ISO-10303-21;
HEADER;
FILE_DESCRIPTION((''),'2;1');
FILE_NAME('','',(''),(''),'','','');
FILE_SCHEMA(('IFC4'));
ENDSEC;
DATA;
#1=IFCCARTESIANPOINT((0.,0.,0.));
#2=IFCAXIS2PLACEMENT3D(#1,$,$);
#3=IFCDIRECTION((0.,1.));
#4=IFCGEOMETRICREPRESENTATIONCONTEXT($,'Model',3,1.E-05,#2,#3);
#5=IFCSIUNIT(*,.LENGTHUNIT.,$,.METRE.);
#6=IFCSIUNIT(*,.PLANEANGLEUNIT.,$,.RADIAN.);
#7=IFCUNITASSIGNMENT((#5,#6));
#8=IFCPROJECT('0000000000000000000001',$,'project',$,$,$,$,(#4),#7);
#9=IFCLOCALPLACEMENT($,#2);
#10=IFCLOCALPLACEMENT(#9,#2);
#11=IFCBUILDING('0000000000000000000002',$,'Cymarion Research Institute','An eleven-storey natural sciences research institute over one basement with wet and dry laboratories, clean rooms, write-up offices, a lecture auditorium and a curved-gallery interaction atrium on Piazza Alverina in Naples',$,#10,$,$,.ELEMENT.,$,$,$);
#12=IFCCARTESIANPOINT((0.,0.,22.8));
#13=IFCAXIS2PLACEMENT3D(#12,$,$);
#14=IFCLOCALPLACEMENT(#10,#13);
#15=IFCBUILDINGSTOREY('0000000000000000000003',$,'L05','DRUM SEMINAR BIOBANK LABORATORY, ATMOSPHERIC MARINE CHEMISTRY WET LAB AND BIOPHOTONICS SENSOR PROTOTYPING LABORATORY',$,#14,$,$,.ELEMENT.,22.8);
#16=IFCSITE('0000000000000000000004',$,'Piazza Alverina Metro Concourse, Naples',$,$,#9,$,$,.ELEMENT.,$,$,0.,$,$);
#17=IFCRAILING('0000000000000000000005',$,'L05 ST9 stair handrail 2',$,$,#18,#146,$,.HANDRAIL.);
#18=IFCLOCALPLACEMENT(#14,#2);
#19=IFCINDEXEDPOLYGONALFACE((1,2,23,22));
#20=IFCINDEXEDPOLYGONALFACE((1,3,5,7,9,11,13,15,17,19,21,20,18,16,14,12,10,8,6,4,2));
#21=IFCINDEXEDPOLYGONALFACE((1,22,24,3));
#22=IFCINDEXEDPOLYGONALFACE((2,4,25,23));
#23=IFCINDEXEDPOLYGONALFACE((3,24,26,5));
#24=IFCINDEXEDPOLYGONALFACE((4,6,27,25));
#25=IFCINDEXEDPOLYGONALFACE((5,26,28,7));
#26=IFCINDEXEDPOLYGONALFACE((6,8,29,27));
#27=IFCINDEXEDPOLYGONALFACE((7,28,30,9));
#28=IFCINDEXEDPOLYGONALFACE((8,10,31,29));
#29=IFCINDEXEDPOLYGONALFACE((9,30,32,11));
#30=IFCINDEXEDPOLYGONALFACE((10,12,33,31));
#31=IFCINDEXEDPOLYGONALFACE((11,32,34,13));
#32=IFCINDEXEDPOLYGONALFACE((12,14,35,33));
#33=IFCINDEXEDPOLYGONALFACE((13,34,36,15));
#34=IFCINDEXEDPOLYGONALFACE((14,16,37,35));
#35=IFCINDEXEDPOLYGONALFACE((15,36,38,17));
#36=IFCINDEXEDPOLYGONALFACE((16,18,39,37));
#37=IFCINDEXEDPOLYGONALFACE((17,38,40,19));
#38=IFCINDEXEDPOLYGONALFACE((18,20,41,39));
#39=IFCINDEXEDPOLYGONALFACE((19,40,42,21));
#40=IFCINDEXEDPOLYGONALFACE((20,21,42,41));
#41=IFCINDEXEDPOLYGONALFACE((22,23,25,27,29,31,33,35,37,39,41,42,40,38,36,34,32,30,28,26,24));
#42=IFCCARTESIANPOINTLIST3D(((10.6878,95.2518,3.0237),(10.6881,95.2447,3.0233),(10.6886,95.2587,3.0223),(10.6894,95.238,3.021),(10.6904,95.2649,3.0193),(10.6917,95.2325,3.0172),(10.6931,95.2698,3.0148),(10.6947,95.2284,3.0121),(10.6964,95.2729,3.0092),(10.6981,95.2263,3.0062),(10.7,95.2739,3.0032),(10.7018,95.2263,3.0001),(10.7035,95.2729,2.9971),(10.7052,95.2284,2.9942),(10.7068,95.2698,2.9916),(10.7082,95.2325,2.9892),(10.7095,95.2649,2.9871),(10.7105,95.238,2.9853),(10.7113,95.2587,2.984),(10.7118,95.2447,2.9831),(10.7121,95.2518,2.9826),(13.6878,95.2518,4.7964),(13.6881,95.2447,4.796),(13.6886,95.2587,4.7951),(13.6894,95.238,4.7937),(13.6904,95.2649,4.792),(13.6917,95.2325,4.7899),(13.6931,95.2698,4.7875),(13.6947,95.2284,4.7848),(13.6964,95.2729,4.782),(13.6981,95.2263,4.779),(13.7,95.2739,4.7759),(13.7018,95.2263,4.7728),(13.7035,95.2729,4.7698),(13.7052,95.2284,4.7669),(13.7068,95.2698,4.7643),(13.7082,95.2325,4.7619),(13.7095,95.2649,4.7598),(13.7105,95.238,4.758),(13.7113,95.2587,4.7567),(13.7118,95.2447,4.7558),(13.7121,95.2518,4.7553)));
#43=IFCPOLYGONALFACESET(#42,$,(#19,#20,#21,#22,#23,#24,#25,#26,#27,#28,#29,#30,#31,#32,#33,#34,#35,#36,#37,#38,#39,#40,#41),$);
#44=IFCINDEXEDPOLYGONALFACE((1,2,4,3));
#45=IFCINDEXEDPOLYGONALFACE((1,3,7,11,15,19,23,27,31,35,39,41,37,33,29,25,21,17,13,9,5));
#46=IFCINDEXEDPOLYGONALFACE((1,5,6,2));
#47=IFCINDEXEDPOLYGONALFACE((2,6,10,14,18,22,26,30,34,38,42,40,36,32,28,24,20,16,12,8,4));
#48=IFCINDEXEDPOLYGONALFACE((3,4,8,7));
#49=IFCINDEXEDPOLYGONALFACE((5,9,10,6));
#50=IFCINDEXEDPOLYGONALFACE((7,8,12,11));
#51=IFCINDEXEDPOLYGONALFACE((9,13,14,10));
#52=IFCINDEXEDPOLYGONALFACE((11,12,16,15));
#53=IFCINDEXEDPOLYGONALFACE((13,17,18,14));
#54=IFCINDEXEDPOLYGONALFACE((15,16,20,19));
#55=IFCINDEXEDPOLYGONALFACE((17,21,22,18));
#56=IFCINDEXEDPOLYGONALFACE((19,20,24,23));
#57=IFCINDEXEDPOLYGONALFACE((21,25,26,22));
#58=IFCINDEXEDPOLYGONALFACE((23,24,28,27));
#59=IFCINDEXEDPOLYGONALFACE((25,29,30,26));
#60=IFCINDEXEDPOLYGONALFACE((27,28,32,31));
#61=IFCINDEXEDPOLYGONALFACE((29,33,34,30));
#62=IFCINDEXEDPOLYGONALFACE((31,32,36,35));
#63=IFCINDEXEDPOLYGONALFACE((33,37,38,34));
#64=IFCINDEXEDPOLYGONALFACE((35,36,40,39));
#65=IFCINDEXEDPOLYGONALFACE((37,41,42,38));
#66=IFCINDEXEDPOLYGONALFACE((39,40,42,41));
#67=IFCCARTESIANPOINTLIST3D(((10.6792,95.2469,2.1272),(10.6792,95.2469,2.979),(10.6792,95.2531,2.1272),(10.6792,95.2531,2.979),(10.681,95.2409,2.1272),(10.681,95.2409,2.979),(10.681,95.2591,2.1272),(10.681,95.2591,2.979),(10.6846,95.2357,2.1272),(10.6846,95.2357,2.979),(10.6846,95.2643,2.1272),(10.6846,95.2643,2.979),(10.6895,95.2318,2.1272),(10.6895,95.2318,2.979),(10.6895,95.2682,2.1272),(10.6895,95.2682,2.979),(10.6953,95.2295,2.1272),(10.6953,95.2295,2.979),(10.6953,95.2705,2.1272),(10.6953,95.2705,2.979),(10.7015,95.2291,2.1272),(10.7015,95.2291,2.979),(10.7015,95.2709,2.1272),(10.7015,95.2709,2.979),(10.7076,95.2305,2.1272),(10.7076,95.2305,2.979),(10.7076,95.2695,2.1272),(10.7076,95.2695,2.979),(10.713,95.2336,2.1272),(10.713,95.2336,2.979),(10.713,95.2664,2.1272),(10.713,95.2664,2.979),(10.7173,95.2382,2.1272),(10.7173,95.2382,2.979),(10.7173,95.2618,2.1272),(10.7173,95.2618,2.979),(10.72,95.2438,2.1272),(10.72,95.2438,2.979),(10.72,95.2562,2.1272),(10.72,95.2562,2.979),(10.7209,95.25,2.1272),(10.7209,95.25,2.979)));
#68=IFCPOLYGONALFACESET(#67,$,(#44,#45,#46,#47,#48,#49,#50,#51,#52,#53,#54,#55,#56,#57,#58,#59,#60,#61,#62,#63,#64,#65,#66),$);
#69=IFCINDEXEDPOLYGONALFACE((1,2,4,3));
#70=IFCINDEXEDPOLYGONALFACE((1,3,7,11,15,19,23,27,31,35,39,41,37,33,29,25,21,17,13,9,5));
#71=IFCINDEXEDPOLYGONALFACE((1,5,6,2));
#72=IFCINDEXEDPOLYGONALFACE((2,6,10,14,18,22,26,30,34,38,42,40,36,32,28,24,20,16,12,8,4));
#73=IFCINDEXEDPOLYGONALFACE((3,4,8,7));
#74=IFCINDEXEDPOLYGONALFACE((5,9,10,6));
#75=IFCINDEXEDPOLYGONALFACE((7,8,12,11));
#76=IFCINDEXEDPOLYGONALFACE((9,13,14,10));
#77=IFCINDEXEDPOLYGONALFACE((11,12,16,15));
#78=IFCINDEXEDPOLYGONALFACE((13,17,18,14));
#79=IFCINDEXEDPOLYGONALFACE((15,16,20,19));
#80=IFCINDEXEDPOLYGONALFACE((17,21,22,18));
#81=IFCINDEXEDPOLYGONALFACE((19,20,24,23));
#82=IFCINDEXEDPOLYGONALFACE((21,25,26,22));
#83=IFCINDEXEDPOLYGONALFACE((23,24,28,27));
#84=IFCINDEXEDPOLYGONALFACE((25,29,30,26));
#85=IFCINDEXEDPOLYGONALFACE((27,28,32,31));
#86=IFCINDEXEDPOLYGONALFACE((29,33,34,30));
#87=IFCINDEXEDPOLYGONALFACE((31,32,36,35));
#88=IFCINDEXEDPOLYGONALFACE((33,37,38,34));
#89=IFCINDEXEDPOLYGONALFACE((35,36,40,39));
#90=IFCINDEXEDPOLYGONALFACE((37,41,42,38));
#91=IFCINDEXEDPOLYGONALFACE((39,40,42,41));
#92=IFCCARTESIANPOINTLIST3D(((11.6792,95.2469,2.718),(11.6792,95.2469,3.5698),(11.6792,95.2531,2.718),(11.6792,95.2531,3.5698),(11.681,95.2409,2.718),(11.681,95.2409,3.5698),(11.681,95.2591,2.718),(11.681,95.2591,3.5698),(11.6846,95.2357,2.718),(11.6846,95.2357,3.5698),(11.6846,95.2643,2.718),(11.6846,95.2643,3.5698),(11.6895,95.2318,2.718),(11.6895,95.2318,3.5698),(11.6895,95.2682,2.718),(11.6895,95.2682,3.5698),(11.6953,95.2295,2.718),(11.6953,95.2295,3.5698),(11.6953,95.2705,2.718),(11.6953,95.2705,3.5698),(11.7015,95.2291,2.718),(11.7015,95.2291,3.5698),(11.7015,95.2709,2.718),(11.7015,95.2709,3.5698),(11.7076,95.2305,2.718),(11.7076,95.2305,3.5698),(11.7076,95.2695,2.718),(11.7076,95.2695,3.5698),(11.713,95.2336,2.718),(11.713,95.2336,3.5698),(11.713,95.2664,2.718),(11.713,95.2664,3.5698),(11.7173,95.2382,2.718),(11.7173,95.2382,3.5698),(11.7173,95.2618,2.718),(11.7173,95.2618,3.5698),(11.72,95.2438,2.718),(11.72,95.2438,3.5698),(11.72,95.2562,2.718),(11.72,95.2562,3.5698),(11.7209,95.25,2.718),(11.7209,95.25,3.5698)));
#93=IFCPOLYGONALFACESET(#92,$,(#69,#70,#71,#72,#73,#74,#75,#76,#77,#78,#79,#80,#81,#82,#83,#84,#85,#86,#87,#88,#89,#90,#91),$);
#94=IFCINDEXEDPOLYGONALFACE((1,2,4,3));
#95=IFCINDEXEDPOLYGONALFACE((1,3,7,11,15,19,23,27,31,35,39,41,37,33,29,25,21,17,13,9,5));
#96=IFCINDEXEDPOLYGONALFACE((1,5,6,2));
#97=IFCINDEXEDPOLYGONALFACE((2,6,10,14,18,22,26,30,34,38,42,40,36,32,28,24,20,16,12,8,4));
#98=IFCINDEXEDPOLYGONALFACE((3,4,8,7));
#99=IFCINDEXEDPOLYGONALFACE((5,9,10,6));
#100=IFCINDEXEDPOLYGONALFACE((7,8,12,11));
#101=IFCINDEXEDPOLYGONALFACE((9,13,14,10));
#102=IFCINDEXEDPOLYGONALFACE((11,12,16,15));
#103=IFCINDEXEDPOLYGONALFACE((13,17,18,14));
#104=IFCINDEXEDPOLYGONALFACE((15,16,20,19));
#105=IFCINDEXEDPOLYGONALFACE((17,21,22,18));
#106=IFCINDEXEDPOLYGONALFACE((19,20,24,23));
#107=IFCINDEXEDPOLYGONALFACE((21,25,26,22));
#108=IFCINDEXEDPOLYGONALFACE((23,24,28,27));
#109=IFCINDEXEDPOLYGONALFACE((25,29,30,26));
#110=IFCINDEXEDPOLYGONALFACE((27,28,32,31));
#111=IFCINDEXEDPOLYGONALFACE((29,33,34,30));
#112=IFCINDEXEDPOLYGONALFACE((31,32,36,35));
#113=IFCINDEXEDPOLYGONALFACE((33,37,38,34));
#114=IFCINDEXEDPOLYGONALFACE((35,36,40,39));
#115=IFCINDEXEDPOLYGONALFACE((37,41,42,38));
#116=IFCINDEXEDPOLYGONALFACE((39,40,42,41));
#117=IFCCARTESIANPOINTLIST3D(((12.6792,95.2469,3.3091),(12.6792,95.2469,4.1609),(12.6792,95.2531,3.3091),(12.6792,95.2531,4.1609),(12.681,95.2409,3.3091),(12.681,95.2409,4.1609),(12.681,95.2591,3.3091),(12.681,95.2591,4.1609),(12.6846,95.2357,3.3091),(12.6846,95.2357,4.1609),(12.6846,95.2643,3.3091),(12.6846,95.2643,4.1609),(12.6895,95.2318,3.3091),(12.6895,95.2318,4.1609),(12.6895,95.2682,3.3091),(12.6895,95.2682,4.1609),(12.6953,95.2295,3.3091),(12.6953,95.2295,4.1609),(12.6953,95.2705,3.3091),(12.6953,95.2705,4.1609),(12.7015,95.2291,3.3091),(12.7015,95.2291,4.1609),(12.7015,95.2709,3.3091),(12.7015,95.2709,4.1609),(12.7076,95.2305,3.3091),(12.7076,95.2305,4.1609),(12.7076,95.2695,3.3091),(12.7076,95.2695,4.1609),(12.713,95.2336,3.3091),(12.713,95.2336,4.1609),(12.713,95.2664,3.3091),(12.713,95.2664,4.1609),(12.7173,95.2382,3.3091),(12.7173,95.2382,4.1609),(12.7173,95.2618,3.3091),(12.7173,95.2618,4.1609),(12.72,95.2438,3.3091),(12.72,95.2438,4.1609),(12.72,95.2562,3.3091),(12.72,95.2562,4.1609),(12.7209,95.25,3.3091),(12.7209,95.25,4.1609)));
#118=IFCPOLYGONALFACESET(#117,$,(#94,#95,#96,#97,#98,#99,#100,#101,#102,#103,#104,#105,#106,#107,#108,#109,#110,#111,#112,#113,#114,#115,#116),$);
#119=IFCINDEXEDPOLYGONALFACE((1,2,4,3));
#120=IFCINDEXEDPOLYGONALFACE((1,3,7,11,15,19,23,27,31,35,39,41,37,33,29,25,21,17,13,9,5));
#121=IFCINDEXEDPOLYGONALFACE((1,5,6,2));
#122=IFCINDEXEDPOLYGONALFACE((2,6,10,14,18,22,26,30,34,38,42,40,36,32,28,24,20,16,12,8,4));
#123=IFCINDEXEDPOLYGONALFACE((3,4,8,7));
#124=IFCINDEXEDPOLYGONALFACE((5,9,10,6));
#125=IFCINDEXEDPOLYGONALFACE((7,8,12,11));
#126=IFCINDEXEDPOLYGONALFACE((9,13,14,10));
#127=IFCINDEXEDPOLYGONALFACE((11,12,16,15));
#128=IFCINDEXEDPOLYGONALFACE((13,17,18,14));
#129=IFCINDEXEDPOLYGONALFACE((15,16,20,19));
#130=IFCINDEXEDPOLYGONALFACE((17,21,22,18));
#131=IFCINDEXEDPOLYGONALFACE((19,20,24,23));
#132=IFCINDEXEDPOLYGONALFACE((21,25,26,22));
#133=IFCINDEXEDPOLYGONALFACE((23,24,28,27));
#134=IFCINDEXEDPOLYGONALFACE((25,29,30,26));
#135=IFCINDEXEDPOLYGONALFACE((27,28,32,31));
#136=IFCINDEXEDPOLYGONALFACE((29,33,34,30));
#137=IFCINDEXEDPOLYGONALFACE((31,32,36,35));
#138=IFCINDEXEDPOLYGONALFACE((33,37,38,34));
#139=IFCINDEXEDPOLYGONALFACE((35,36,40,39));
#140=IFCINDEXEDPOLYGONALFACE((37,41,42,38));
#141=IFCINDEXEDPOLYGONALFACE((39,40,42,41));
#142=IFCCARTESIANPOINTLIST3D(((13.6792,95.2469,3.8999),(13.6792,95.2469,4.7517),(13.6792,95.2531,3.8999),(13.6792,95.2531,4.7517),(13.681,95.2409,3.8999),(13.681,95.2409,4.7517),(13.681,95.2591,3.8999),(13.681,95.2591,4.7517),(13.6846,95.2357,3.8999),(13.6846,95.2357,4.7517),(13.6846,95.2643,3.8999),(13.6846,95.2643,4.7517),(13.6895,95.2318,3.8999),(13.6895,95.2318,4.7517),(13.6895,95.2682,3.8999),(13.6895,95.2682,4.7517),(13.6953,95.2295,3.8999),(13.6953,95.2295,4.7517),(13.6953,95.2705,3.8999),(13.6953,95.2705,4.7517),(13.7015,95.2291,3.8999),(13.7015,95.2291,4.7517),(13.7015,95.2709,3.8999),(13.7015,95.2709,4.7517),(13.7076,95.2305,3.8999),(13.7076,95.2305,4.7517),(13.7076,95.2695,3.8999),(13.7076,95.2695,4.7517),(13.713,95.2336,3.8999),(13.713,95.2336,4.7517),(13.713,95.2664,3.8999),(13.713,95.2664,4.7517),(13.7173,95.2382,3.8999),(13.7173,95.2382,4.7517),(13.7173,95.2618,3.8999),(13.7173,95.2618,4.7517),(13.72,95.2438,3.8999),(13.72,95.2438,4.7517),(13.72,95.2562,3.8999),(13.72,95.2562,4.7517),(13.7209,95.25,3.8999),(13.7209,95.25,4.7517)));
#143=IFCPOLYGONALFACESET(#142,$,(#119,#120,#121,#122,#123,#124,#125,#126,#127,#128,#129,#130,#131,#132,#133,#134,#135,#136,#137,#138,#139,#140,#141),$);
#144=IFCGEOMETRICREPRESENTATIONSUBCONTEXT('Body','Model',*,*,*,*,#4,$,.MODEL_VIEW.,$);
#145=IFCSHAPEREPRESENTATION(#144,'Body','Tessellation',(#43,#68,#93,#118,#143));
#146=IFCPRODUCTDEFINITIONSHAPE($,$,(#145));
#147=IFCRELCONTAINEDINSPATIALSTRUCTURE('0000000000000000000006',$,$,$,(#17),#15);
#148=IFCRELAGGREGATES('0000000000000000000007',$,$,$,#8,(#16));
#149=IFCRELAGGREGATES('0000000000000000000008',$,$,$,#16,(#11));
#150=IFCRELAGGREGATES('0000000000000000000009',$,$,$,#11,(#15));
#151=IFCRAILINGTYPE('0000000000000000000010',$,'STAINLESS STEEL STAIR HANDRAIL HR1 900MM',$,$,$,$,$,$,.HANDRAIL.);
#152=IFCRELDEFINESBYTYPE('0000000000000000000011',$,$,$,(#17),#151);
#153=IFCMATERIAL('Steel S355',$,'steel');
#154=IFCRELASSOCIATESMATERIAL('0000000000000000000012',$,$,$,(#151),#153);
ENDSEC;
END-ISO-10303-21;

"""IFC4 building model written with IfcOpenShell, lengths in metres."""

from ifc_helpers import new_model, si_unit, direction, frame, origin, origin_2d, place, context, subcontext, project, spatial, circle, extrude, material, type_object, element, save


model = new_model("IFC4")

# Units and contexts
model_context = context("Model", 3, precision=1e-05, world=origin(), true_north=direction((0.0, 1.0)))
body_context = subcontext(model_context, "Body", "Model", "MODEL_VIEW")
ifc_project = project(units=[si_unit("LENGTHUNIT", "METRE"), si_unit("PLANEANGLEUNIT", "RADIAN")], contexts=[model_context])

# Site, building, storey
site_placement = place(None, origin())
site = spatial("IfcSite", under=ifc_project, at=site_placement, Name="Piazza Alverina Metro Concourse, Naples", CompositionType="ELEMENT", RefElevation=0.0)
building_placement = place(site_placement, origin())
building = spatial("IfcBuilding", under=site, at=building_placement, Name="Cymarion Research Institute", Description="An eleven-storey natural sciences research institute over one basement with wet and dry laboratories, clean rooms, write-up offices, a lecture auditorium and a curved-gallery interaction atrium on Piazza Alverina in Naples", CompositionType="ELEMENT")
storey_placement = place(building_placement, frame((0.0, 0.0, 22.8)))
storey = spatial("IfcBuildingStorey", under=building, at=storey_placement, Name="L05", Description="DRUM SEMINAR BIOBANK LABORATORY, ATMOSPHERIC MARINE CHEMISTRY WET LAB AND BIOPHOTONICS SENSOR PROTOTYPING LABORATORY", CompositionType="ELEMENT", Elevation=22.8)

# Railing
ifc_material_1 = material(Name="Steel S355", Category="steel")
railing_type_1 = type_object("IfcRailingType", Name="STAINLESS STEEL STAIR HANDRAIL HR1 900MM", PredefinedType="HANDRAIL", material=ifc_material_1)
railing_1_placement = place(storey_placement, frame((10.7, 95.25, 2.1272)))
element("IfcRailing", 1, at=railing_1_placement, inside=storey, type_object=railing_type_1, Name="L05 ST9 stair handrail 2", PredefinedType="HANDRAIL", context=body_context, shape_type="SweptSolid", body=[
    extrude(circle(Radius=0.0239, at=origin_2d()), frame((0.0, 0.0, 0.876), z_axis=(0.860929, 0.0, 0.508725), x_axis=(0.0, 1.0, 0.0)), (0.0, 0.0, 1.0), 3.4846),
    extrude(circle(Radius=0.021, at=origin_2d()), origin(), (0.0, 0.0, 1.0), 0.8518),
    extrude(circle(Radius=0.021, at=origin_2d()), frame((1.0, 0.0, 0.5908)), (0.0, 0.0, 1.0), 0.8518),
    extrude(circle(Radius=0.021, at=origin_2d()), frame((2.0, 0.0, 1.1819)), (0.0, 0.0, 1.0), 0.8518),
    extrude(circle(Radius=0.021, at=origin_2d()), frame((3.0, 0.0, 1.7727)), (0.0, 0.0, 1.0), 0.8518),
])

save(model, "model.ifc")
